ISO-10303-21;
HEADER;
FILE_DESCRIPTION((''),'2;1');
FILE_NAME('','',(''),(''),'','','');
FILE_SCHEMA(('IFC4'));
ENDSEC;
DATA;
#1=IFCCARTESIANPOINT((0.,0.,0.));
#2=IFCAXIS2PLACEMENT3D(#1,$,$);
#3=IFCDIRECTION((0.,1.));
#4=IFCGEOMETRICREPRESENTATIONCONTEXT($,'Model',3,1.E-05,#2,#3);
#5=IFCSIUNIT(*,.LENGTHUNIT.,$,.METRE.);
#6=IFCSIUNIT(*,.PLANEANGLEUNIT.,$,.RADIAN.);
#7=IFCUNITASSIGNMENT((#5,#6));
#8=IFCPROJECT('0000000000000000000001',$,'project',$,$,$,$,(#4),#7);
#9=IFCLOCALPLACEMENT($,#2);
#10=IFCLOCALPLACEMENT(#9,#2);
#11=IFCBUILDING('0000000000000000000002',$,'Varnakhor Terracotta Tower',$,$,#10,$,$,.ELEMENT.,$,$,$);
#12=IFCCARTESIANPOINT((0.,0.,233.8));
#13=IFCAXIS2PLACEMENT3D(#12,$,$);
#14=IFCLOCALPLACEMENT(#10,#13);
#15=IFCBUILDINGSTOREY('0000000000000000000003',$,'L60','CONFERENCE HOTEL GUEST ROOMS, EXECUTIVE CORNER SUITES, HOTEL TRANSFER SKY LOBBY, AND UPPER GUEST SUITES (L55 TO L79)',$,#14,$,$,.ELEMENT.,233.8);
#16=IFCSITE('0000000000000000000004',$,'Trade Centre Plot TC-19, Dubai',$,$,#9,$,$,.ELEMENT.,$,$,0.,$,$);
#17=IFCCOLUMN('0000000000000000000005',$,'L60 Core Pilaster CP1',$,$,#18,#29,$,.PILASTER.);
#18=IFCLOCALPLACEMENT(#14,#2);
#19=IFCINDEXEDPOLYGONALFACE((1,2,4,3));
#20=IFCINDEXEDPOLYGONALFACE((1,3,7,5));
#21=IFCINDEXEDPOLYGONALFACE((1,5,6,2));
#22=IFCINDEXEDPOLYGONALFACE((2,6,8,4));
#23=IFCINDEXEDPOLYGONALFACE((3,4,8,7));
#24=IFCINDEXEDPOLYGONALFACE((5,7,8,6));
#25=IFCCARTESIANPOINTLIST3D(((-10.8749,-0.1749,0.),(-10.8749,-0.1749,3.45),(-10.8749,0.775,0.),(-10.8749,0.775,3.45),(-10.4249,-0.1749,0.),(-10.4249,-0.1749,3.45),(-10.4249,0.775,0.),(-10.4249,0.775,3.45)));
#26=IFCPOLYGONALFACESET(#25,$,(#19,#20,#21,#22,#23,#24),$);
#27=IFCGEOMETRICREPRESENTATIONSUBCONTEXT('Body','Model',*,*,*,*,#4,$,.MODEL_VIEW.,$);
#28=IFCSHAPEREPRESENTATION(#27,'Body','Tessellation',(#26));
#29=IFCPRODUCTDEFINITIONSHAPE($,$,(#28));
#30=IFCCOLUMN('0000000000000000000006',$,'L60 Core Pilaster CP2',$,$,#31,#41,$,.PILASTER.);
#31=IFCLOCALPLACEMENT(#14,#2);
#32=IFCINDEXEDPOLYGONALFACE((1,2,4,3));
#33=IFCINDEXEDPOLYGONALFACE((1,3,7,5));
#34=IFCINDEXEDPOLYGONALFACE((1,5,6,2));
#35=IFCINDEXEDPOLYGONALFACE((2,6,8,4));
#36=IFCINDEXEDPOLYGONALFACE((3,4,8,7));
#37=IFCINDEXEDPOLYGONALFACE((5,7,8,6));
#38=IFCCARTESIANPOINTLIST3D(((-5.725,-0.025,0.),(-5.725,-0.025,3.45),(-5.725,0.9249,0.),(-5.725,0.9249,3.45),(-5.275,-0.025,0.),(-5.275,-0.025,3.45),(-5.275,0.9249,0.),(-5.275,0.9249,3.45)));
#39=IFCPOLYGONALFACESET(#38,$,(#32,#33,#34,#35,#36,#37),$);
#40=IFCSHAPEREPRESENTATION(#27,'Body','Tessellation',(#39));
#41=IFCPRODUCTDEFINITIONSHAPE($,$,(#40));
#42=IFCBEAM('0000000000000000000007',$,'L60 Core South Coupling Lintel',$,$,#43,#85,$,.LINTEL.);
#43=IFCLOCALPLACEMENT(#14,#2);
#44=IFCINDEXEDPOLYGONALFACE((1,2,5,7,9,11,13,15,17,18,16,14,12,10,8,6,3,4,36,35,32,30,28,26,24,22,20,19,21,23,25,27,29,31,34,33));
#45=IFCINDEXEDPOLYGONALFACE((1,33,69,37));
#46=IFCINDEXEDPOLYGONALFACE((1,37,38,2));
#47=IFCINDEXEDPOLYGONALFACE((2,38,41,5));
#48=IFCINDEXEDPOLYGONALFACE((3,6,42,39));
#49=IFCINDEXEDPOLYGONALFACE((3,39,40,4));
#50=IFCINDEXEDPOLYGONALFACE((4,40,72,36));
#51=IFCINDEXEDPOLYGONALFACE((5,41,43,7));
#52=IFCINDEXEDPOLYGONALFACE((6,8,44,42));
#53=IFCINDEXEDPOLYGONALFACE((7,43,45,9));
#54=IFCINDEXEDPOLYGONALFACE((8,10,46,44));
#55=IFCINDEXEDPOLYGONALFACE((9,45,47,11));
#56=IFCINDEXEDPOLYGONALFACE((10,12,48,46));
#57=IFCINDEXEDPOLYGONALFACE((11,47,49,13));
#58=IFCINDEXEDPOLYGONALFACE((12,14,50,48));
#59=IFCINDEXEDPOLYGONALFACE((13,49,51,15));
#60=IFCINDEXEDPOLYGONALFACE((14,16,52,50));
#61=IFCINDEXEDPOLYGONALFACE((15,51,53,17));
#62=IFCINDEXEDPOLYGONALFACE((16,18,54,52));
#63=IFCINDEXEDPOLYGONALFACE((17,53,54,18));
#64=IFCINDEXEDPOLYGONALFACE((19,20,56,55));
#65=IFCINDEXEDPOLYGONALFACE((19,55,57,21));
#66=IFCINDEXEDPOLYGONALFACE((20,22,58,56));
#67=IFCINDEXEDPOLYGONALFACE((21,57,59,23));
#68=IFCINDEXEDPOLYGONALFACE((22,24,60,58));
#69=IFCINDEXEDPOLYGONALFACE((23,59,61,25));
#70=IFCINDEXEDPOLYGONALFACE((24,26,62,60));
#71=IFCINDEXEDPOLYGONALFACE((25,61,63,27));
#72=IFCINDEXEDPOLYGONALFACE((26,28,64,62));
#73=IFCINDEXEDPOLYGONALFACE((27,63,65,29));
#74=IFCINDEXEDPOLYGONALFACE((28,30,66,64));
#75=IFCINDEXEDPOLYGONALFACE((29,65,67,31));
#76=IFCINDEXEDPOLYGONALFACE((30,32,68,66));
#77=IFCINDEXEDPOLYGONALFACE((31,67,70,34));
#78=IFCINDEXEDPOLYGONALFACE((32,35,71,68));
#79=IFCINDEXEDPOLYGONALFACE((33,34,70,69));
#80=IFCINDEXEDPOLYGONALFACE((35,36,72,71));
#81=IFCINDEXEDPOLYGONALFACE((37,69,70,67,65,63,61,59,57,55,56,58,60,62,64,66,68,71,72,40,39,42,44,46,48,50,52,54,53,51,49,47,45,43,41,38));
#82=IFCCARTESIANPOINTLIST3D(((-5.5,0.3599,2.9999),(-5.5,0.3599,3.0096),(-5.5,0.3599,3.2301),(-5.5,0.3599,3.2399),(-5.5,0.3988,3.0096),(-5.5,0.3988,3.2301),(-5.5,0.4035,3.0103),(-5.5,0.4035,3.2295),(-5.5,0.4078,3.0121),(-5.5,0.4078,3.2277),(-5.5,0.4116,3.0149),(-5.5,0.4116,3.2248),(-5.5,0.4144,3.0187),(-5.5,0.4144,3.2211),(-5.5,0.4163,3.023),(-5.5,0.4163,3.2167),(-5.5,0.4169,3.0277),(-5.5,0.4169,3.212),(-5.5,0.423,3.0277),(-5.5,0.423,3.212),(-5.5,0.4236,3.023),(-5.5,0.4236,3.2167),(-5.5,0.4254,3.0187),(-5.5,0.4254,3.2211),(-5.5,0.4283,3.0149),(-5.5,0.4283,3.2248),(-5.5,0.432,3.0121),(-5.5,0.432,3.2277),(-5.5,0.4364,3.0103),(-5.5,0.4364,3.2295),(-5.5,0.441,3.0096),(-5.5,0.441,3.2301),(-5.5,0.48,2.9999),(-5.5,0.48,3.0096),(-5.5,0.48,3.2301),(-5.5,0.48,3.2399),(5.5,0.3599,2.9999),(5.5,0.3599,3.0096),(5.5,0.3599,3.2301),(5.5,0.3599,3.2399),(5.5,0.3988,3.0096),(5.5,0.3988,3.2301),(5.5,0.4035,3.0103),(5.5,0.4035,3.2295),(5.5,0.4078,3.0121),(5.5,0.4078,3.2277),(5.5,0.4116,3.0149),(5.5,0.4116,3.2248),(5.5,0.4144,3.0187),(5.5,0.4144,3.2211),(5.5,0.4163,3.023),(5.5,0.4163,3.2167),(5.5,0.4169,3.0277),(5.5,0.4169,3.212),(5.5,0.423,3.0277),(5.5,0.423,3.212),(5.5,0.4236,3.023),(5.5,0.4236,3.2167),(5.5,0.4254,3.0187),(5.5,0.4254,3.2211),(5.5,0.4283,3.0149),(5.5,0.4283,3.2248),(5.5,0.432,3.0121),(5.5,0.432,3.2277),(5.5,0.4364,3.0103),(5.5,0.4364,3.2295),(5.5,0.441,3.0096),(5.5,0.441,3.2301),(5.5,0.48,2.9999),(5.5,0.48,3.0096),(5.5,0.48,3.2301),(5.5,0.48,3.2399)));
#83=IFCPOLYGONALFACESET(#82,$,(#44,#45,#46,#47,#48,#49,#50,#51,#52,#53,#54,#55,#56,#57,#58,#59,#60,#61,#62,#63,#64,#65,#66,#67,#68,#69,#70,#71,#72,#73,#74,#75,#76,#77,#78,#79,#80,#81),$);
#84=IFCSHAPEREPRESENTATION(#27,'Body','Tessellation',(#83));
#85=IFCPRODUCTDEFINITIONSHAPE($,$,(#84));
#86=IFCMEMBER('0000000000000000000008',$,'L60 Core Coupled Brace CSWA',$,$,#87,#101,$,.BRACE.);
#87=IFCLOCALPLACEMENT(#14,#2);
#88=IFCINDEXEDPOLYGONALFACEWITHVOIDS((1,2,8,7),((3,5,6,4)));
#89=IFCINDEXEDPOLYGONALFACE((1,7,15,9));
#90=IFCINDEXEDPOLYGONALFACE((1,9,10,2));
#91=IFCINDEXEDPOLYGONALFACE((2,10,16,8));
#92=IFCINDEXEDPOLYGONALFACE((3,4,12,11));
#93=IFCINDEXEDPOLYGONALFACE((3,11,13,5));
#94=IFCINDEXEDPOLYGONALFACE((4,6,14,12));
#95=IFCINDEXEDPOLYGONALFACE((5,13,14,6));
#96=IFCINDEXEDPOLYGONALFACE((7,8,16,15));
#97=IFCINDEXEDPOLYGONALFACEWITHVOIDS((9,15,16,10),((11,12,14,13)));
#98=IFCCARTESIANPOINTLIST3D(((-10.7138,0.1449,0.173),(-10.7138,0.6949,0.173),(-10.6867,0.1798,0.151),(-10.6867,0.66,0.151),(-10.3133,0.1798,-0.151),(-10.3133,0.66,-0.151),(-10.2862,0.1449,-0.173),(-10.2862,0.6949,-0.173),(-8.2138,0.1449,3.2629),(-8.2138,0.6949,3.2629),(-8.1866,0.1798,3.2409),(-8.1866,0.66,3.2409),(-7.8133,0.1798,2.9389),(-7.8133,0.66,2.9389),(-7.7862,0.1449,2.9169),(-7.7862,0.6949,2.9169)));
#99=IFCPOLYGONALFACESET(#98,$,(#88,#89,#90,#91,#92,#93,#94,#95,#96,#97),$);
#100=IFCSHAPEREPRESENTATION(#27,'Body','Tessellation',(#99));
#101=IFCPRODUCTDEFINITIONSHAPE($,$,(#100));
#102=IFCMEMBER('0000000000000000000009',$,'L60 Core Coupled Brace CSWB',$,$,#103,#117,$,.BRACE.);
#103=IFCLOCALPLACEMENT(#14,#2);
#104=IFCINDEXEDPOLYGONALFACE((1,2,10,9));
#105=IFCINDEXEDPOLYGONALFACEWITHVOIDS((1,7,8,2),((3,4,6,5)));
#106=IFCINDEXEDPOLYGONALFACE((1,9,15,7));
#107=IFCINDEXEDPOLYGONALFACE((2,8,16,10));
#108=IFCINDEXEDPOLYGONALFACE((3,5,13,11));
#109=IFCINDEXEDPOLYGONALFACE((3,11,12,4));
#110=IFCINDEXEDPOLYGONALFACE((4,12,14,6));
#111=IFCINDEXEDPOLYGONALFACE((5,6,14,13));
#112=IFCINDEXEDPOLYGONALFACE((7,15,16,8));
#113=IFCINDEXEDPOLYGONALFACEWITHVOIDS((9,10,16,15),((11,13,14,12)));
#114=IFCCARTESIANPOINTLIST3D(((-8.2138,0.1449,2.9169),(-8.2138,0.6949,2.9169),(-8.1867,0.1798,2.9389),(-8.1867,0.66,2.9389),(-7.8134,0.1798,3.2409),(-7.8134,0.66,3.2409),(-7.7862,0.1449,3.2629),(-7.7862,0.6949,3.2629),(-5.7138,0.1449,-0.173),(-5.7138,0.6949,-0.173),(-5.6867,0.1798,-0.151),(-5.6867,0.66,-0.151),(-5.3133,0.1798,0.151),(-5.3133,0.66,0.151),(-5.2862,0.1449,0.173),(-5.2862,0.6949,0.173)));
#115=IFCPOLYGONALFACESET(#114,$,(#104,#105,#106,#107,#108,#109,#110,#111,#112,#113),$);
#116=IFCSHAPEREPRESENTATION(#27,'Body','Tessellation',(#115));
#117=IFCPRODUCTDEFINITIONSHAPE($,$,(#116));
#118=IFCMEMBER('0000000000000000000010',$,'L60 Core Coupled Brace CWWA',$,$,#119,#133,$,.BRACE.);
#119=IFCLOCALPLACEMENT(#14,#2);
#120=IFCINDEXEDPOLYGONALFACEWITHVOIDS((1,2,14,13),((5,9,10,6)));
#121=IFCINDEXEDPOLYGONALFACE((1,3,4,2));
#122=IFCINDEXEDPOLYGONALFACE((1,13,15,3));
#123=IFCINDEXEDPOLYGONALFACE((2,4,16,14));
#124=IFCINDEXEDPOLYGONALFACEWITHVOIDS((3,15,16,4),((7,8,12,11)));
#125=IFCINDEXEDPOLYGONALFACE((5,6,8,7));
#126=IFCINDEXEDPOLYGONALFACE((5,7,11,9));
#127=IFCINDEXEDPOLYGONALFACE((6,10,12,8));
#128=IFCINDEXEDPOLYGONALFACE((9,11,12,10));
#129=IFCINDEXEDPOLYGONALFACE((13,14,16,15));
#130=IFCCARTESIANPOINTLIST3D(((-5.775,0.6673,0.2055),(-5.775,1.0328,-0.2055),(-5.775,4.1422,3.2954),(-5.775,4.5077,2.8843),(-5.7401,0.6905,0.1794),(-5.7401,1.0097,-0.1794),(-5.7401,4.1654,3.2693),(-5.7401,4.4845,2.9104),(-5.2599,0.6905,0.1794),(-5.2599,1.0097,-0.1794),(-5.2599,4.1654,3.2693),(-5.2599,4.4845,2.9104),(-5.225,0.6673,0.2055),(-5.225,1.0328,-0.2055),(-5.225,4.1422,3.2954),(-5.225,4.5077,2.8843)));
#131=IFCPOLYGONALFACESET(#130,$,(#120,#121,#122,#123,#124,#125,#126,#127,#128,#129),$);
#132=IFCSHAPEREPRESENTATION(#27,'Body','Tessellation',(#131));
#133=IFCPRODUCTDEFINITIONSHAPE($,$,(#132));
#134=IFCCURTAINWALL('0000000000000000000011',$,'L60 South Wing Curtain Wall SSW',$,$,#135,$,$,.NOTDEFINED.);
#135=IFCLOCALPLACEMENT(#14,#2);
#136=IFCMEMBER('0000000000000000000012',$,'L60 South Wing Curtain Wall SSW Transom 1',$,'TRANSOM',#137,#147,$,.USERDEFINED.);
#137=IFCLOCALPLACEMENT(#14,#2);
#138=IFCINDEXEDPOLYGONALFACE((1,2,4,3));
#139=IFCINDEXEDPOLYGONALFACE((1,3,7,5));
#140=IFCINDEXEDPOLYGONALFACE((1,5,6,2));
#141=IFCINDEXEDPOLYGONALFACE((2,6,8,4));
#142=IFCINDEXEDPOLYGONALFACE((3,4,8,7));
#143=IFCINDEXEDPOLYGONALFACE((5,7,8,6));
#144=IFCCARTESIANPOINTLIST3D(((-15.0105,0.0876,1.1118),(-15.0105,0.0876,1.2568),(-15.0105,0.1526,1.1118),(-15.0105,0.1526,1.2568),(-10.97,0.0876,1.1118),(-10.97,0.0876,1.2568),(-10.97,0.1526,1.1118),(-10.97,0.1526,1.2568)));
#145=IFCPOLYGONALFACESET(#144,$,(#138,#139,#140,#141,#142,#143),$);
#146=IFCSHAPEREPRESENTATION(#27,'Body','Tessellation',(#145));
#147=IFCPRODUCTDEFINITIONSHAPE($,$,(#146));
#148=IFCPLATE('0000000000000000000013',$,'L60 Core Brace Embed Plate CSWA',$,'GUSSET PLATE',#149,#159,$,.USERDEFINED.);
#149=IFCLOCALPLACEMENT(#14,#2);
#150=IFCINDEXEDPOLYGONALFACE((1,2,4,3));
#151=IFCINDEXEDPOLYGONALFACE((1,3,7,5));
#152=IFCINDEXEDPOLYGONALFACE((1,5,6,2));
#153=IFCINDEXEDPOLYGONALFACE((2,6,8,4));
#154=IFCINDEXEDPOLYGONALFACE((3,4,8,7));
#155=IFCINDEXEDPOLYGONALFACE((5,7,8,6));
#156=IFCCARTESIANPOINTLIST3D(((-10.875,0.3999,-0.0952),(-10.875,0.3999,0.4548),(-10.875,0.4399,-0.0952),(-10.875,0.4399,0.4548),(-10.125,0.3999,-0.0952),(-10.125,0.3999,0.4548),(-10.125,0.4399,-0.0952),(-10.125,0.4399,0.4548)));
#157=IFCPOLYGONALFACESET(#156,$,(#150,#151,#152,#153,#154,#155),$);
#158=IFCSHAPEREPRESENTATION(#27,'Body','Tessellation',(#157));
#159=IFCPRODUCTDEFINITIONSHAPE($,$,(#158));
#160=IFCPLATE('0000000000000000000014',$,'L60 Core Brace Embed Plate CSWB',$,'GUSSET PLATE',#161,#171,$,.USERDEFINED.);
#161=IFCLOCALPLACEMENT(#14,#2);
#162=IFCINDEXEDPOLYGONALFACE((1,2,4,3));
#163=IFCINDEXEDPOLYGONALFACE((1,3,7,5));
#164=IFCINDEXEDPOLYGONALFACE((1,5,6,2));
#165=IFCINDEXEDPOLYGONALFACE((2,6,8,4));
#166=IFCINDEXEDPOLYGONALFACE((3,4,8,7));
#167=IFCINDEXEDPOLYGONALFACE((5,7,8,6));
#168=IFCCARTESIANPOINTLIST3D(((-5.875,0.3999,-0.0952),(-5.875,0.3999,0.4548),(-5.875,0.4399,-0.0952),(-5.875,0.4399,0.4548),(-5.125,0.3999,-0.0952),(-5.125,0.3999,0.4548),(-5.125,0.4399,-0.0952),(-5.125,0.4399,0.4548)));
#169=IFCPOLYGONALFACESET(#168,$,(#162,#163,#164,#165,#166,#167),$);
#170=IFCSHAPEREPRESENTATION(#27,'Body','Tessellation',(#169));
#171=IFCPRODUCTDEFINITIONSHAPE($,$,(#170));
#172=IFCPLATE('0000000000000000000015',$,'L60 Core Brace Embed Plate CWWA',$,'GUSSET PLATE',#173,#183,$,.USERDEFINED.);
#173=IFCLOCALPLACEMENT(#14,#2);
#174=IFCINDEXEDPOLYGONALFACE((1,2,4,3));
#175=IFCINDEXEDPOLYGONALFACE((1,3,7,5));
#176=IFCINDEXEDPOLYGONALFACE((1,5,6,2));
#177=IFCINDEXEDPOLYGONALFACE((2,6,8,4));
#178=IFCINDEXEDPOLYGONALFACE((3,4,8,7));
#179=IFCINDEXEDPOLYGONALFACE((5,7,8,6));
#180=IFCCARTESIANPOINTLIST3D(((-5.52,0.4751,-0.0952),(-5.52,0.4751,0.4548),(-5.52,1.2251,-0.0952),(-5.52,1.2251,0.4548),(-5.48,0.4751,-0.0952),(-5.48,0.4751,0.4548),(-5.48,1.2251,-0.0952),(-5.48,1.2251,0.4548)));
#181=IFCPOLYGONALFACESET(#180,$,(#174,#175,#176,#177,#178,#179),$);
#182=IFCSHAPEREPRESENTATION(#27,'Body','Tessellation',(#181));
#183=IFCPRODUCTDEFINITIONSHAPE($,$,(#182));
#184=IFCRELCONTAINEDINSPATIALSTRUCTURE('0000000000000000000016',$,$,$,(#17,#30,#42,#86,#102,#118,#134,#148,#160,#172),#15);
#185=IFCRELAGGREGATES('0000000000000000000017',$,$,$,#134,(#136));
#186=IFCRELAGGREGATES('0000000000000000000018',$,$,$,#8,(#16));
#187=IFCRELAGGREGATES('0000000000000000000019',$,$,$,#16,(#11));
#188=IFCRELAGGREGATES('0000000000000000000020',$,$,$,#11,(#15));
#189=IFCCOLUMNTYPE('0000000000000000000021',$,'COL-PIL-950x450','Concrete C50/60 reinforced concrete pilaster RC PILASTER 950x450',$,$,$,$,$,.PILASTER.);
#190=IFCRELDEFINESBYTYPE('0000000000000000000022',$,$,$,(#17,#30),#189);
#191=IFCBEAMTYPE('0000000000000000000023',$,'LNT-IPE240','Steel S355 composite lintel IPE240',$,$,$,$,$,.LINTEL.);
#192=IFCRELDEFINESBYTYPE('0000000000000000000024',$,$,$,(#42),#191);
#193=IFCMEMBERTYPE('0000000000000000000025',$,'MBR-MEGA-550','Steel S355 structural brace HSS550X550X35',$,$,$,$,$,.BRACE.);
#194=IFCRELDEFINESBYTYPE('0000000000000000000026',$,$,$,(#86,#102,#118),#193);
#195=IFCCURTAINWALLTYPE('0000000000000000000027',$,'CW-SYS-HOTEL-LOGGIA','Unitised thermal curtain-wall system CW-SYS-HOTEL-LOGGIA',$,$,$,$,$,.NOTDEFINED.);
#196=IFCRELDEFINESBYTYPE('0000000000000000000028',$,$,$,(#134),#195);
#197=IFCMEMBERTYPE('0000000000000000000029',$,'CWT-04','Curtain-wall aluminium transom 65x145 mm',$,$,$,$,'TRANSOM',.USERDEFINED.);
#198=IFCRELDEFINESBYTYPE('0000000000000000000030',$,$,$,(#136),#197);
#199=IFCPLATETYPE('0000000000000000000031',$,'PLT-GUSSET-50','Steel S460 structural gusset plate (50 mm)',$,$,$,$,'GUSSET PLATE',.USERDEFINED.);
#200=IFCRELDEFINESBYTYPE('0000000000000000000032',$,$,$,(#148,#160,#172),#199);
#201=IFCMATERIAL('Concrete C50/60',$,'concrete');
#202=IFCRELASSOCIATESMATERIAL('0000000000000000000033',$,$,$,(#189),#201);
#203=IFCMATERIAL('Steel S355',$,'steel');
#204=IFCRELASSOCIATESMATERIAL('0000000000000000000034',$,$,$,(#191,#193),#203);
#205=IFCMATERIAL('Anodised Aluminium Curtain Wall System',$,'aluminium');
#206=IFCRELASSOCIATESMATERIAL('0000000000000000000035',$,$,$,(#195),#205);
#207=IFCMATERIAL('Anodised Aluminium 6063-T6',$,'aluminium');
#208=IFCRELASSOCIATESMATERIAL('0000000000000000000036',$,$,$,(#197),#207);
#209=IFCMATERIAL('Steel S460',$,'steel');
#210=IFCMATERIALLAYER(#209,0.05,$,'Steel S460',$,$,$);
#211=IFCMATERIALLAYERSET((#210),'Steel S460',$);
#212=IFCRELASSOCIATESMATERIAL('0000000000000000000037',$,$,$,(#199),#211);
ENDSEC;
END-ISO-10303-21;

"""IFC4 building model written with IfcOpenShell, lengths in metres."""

from ifc_helpers import new_model, si_unit, direction, frame, origin, origin_2d, place, context, subcontext, project, spatial, rectangle, hollow_rectangle, i_section, extrude, source, transform, mapped, material, layer, layer_set, material_profile, profile_set, type_object, type_shapes, element, aggregate, save


model = new_model("IFC4")

# Units and contexts
model_context = context("Model", 3, precision=1e-05, world=origin(), true_north=direction((0.0, 1.0)))
body_context = subcontext(model_context, "Body", "Model", "MODEL_VIEW")
ifc_project = project(units=[si_unit("LENGTHUNIT", "METRE"), si_unit("PLANEANGLEUNIT", "RADIAN")], contexts=[model_context])

# Site, building, storey
site_placement = place(None, origin())
site = spatial("IfcSite", under=ifc_project, at=site_placement, Name="Trade Centre Plot TC-19, Dubai", CompositionType="ELEMENT", RefElevation=0.0)
building_placement = place(site_placement, origin())
building = spatial("IfcBuilding", under=site, at=building_placement, Name="Varnakhor Terracotta Tower", CompositionType="ELEMENT")
storey_placement = place(building_placement, frame((0.0, 0.0, 233.8)))
storey = spatial("IfcBuildingStorey", under=building, at=storey_placement, Name="L60", Description="CONFERENCE HOTEL GUEST ROOMS, EXECUTIVE CORNER SUITES, HOTEL TRANSFER SKY LOBBY, AND UPPER GUEST SUITES (L55 TO L79)", CompositionType="ELEMENT", Elevation=233.8)

# Columns
ifc_material_1 = material(Name="Concrete C50/60", Category="concrete")
ifc_material_profile_1 = material_profile(ifc_material_1, rectangle(XDim=0.45, YDim=0.95, at=origin_2d()), Name="RC PILASTER 950x450")
ifc_profile_set_1 = profile_set([ifc_material_profile_1], Name="Concrete C50/60")
column_type = type_object("IfcColumnType", Name="COL-PIL-950x450", Description="Concrete C50/60 reinforced concrete pilaster RC PILASTER 950x450", PredefinedType="PILASTER", material=ifc_profile_set_1)
shared_shape_1 = source(origin(), body_context, "Body", "SweptSolid", [
    extrude(rectangle(XDim=0.45, YDim=0.95, at=origin_2d()), origin(), (0.0, 0.0, 1.0), 3.45),
])
for number, where, z_axis, x_axis, name in (
    (1, (-10.6499, 0.3, 0.0), (0.0, 0.0, 1.0), (1.0, 0.0, 0.0), "L60 Core Pilaster CP1"),
    (2, (-5.5, 0.45, 0.0), (0.0, 0.0, 1.0), (1.0, 0.0, 0.0), "L60 Core Pilaster CP2"),
):
    element("IfcColumn", number, at=place(storey_placement, frame(where, z_axis=z_axis, x_axis=x_axis)), inside=storey, type_object=column_type, Name=name, PredefinedType="PILASTER", context=body_context, shape_type="MappedRepresentation", body=[
        mapped(shared_shape_1, transform((0.0, 0.0, 0.0), scale=1.0)),
    ])

# Beam
ifc_material_2 = material(Name="Steel S355", Category="steel")
ifc_material_profile_2 = material_profile(ifc_material_2, i_section(OverallWidth=0.1201, OverallDepth=0.24, WebThickness=0.0061, FlangeThickness=0.0098, FilletRadius=0.0181, at=origin_2d()), Name="IPE240")
ifc_profile_set_2 = profile_set([ifc_material_profile_2], Name="Steel S355")
beam_type = type_object("IfcBeamType", Name="LNT-IPE240", Description="Steel S355 composite lintel IPE240", PredefinedType="LINTEL", material=ifc_profile_set_2)
shared_shape_2 = source(origin(), body_context, "Body", "SweptSolid", [
    extrude(i_section(OverallWidth=0.1201, OverallDepth=0.24, WebThickness=0.0061, FlangeThickness=0.0098, FilletRadius=0.0181, at=origin_2d()), origin(), (0.0, 0.0, 1.0), 11.0),
])
type_shapes(beam_type, [shared_shape_2])
beam_placement = place(storey_placement, frame((-5.5, 0.4199, 3.1199), z_axis=(1.0, 0.0, 0.0), x_axis=(0.0, 1.0, 0.0)))
element("IfcBeam", 3, at=beam_placement, inside=storey, type_object=beam_type, Name="L60 Core South Coupling Lintel", PredefinedType="LINTEL", context=body_context, shape_type="MappedRepresentation", body=[
    mapped(shared_shape_2, transform((0.0, 0.0, 0.0), scale=1.0)),
])

# Members
ifc_material_profile_3 = material_profile(ifc_material_2, hollow_rectangle(XDim=0.55, YDim=0.55, WallThickness=0.0349, at=origin_2d()), Name="HSS550X550X35")
ifc_profile_set_3 = profile_set([ifc_material_profile_3], Name="Steel S355")
member_type_1 = type_object("IfcMemberType", Name="MBR-MEGA-550", Description="Steel S355 structural brace HSS550X550X35", PredefinedType="BRACE", material=ifc_profile_set_3)
shared_shape_3 = source(origin(), body_context, "Body", "SweptSolid", [
    extrude(hollow_rectangle(XDim=0.55, YDim=0.55, WallThickness=0.0349, at=origin_2d()), origin(), (0.0, 0.0, 1.0), 3.9746),
])
for number, where, z_axis, x_axis, name in (
    (4, (-10.5, 0.4199, 0.0), (0.629, 0.0, 0.777405), (0.0, 1.0, 0.0), "L60 Core Coupled Brace CSWA"),
    (5, (-5.5, 0.4199, 0.0), (-0.629, 0.0, 0.777405), (0.0, -1.0, 0.0), "L60 Core Coupled Brace CSWB"),
):
    element("IfcMember", number, at=place(storey_placement, frame(where, z_axis=z_axis, x_axis=x_axis)), inside=storey, type_object=member_type_1, Name=name, PredefinedType="BRACE", context=body_context, shape_type="MappedRepresentation", body=[
        mapped(shared_shape_3, transform((0.0, 0.0, 0.0), scale=1.0)),
    ])
shared_shape_4 = source(origin(), body_context, "Body", "SweptSolid", [
    extrude(hollow_rectangle(XDim=0.55, YDim=0.55, WallThickness=0.0349, at=origin_2d()), origin(), (0.0, 0.0, 1.0), 4.6499),
])
member_1_placement = place(storey_placement, frame((-5.5, 0.8501, 0.0), z_axis=(0.0, 0.747293, 0.664494), x_axis=(-1.0, 0.0, 0.0)))
element("IfcMember", 6, at=member_1_placement, inside=storey, type_object=member_type_1, Name="L60 Core Coupled Brace CWWA", PredefinedType="BRACE", context=body_context, shape_type="MappedRepresentation", body=[
    mapped(shared_shape_4, transform((0.0, 0.0, 0.0), scale=1.0)),
])

# Curtain wall, member
ifc_material_3 = material(Name="Anodised Aluminium Curtain Wall System", Category="aluminium")
curtain_wall_type = type_object("IfcCurtainWallType", Name="CW-SYS-HOTEL-LOGGIA", Description="Unitised thermal curtain-wall system CW-SYS-HOTEL-LOGGIA", PredefinedType="NOTDEFINED", material=ifc_material_3)
curtain_wall_placement = place(storey_placement, origin())
curtain_wall = element("IfcCurtainWall", 7, at=curtain_wall_placement, inside=storey, type_object=curtain_wall_type, Name="L60 South Wing Curtain Wall SSW", PredefinedType="NOTDEFINED")
ifc_material_4 = material(Name="Anodised Aluminium 6063-T6", Category="aluminium")
ifc_material_profile_4 = material_profile(ifc_material_4, rectangle(XDim=0.0649, YDim=0.145, at=origin_2d()), Name="ALU TRANSOM 65x145")
ifc_profile_set_4 = profile_set([ifc_material_profile_4], Name="Anodised Aluminium 6063-T6")
member_type_2 = type_object("IfcMemberType", Name="CWT-04", Description="Curtain-wall aluminium transom 65x145 mm", ElementType="TRANSOM", PredefinedType="USERDEFINED", material=ifc_profile_set_4)
shared_shape_5 = source(origin(), body_context, "Body", "SweptSolid", [
    extrude(rectangle(XDim=0.0649, YDim=0.145, at=origin_2d()), origin(), (0.0, 0.0, 1.0), 4.0405),
])
member_2_placement = place(storey_placement, frame((-10.97, 0.1201, 1.1843), z_axis=(-1.0, 0.0, 0.0), x_axis=(0.0, -1.0, 0.0)))
member_2 = element("IfcMember", 8, at=member_2_placement, type_object=member_type_2, Name="L60 South Wing Curtain Wall SSW Transom 1", ObjectType="TRANSOM", PredefinedType="USERDEFINED", context=body_context, shape_type="MappedRepresentation", body=[
    mapped(shared_shape_5, transform((0.0, 0.0, 0.0), scale=1.0)),
])
aggregate(curtain_wall, [member_2])

# Plates
ifc_material_5 = material(Name="Steel S460", Category="steel")
ifc_layer_1 = layer(ifc_material_5, 0.05, Name="Steel S460")
ifc_layer_set_1 = layer_set([ifc_layer_1], Name="Steel S460")
plate_type = type_object("IfcPlateType", Name="PLT-GUSSET-50", Description="Steel S460 structural gusset plate (50 mm)", ElementType="GUSSET PLATE", PredefinedType="USERDEFINED", material=ifc_layer_set_1)
shared_shape_6 = source(origin(), body_context, "Body", "SweptSolid", [
    extrude(rectangle(XDim=0.75, YDim=0.04, at=origin_2d()), origin(), (0.0, 0.0, 1.0), 0.55),
])
type_shapes(plate_type, [shared_shape_6])
for number, where, z_axis, x_axis, name in (
    (9, (-10.5, 0.4199, -0.0952), (0.0, 0.0, 1.0), (1.0, 0.0, 0.0), "L60 Core Brace Embed Plate CSWA"),
    (10, (-5.5, 0.4199, -0.0952), (0.0, 0.0, 1.0), (1.0, 0.0, 0.0), "L60 Core Brace Embed Plate CSWB"),
    (11, (-5.5, 0.8501, -0.0952), (0.0, 0.0, 1.0), (0.0, 1.0, 0.0), "L60 Core Brace Embed Plate CWWA"),
):
    element("IfcPlate", number, at=place(storey_placement, frame(where, z_axis=z_axis, x_axis=x_axis)), inside=storey, type_object=plate_type, Name=name, ObjectType="GUSSET PLATE", PredefinedType="USERDEFINED", context=body_context, shape_type="MappedRepresentation", body=[
        mapped(shared_shape_6, transform((0.0, 0.0, 0.0), scale=1.0)),
    ])

save(model, "model.ifc")
